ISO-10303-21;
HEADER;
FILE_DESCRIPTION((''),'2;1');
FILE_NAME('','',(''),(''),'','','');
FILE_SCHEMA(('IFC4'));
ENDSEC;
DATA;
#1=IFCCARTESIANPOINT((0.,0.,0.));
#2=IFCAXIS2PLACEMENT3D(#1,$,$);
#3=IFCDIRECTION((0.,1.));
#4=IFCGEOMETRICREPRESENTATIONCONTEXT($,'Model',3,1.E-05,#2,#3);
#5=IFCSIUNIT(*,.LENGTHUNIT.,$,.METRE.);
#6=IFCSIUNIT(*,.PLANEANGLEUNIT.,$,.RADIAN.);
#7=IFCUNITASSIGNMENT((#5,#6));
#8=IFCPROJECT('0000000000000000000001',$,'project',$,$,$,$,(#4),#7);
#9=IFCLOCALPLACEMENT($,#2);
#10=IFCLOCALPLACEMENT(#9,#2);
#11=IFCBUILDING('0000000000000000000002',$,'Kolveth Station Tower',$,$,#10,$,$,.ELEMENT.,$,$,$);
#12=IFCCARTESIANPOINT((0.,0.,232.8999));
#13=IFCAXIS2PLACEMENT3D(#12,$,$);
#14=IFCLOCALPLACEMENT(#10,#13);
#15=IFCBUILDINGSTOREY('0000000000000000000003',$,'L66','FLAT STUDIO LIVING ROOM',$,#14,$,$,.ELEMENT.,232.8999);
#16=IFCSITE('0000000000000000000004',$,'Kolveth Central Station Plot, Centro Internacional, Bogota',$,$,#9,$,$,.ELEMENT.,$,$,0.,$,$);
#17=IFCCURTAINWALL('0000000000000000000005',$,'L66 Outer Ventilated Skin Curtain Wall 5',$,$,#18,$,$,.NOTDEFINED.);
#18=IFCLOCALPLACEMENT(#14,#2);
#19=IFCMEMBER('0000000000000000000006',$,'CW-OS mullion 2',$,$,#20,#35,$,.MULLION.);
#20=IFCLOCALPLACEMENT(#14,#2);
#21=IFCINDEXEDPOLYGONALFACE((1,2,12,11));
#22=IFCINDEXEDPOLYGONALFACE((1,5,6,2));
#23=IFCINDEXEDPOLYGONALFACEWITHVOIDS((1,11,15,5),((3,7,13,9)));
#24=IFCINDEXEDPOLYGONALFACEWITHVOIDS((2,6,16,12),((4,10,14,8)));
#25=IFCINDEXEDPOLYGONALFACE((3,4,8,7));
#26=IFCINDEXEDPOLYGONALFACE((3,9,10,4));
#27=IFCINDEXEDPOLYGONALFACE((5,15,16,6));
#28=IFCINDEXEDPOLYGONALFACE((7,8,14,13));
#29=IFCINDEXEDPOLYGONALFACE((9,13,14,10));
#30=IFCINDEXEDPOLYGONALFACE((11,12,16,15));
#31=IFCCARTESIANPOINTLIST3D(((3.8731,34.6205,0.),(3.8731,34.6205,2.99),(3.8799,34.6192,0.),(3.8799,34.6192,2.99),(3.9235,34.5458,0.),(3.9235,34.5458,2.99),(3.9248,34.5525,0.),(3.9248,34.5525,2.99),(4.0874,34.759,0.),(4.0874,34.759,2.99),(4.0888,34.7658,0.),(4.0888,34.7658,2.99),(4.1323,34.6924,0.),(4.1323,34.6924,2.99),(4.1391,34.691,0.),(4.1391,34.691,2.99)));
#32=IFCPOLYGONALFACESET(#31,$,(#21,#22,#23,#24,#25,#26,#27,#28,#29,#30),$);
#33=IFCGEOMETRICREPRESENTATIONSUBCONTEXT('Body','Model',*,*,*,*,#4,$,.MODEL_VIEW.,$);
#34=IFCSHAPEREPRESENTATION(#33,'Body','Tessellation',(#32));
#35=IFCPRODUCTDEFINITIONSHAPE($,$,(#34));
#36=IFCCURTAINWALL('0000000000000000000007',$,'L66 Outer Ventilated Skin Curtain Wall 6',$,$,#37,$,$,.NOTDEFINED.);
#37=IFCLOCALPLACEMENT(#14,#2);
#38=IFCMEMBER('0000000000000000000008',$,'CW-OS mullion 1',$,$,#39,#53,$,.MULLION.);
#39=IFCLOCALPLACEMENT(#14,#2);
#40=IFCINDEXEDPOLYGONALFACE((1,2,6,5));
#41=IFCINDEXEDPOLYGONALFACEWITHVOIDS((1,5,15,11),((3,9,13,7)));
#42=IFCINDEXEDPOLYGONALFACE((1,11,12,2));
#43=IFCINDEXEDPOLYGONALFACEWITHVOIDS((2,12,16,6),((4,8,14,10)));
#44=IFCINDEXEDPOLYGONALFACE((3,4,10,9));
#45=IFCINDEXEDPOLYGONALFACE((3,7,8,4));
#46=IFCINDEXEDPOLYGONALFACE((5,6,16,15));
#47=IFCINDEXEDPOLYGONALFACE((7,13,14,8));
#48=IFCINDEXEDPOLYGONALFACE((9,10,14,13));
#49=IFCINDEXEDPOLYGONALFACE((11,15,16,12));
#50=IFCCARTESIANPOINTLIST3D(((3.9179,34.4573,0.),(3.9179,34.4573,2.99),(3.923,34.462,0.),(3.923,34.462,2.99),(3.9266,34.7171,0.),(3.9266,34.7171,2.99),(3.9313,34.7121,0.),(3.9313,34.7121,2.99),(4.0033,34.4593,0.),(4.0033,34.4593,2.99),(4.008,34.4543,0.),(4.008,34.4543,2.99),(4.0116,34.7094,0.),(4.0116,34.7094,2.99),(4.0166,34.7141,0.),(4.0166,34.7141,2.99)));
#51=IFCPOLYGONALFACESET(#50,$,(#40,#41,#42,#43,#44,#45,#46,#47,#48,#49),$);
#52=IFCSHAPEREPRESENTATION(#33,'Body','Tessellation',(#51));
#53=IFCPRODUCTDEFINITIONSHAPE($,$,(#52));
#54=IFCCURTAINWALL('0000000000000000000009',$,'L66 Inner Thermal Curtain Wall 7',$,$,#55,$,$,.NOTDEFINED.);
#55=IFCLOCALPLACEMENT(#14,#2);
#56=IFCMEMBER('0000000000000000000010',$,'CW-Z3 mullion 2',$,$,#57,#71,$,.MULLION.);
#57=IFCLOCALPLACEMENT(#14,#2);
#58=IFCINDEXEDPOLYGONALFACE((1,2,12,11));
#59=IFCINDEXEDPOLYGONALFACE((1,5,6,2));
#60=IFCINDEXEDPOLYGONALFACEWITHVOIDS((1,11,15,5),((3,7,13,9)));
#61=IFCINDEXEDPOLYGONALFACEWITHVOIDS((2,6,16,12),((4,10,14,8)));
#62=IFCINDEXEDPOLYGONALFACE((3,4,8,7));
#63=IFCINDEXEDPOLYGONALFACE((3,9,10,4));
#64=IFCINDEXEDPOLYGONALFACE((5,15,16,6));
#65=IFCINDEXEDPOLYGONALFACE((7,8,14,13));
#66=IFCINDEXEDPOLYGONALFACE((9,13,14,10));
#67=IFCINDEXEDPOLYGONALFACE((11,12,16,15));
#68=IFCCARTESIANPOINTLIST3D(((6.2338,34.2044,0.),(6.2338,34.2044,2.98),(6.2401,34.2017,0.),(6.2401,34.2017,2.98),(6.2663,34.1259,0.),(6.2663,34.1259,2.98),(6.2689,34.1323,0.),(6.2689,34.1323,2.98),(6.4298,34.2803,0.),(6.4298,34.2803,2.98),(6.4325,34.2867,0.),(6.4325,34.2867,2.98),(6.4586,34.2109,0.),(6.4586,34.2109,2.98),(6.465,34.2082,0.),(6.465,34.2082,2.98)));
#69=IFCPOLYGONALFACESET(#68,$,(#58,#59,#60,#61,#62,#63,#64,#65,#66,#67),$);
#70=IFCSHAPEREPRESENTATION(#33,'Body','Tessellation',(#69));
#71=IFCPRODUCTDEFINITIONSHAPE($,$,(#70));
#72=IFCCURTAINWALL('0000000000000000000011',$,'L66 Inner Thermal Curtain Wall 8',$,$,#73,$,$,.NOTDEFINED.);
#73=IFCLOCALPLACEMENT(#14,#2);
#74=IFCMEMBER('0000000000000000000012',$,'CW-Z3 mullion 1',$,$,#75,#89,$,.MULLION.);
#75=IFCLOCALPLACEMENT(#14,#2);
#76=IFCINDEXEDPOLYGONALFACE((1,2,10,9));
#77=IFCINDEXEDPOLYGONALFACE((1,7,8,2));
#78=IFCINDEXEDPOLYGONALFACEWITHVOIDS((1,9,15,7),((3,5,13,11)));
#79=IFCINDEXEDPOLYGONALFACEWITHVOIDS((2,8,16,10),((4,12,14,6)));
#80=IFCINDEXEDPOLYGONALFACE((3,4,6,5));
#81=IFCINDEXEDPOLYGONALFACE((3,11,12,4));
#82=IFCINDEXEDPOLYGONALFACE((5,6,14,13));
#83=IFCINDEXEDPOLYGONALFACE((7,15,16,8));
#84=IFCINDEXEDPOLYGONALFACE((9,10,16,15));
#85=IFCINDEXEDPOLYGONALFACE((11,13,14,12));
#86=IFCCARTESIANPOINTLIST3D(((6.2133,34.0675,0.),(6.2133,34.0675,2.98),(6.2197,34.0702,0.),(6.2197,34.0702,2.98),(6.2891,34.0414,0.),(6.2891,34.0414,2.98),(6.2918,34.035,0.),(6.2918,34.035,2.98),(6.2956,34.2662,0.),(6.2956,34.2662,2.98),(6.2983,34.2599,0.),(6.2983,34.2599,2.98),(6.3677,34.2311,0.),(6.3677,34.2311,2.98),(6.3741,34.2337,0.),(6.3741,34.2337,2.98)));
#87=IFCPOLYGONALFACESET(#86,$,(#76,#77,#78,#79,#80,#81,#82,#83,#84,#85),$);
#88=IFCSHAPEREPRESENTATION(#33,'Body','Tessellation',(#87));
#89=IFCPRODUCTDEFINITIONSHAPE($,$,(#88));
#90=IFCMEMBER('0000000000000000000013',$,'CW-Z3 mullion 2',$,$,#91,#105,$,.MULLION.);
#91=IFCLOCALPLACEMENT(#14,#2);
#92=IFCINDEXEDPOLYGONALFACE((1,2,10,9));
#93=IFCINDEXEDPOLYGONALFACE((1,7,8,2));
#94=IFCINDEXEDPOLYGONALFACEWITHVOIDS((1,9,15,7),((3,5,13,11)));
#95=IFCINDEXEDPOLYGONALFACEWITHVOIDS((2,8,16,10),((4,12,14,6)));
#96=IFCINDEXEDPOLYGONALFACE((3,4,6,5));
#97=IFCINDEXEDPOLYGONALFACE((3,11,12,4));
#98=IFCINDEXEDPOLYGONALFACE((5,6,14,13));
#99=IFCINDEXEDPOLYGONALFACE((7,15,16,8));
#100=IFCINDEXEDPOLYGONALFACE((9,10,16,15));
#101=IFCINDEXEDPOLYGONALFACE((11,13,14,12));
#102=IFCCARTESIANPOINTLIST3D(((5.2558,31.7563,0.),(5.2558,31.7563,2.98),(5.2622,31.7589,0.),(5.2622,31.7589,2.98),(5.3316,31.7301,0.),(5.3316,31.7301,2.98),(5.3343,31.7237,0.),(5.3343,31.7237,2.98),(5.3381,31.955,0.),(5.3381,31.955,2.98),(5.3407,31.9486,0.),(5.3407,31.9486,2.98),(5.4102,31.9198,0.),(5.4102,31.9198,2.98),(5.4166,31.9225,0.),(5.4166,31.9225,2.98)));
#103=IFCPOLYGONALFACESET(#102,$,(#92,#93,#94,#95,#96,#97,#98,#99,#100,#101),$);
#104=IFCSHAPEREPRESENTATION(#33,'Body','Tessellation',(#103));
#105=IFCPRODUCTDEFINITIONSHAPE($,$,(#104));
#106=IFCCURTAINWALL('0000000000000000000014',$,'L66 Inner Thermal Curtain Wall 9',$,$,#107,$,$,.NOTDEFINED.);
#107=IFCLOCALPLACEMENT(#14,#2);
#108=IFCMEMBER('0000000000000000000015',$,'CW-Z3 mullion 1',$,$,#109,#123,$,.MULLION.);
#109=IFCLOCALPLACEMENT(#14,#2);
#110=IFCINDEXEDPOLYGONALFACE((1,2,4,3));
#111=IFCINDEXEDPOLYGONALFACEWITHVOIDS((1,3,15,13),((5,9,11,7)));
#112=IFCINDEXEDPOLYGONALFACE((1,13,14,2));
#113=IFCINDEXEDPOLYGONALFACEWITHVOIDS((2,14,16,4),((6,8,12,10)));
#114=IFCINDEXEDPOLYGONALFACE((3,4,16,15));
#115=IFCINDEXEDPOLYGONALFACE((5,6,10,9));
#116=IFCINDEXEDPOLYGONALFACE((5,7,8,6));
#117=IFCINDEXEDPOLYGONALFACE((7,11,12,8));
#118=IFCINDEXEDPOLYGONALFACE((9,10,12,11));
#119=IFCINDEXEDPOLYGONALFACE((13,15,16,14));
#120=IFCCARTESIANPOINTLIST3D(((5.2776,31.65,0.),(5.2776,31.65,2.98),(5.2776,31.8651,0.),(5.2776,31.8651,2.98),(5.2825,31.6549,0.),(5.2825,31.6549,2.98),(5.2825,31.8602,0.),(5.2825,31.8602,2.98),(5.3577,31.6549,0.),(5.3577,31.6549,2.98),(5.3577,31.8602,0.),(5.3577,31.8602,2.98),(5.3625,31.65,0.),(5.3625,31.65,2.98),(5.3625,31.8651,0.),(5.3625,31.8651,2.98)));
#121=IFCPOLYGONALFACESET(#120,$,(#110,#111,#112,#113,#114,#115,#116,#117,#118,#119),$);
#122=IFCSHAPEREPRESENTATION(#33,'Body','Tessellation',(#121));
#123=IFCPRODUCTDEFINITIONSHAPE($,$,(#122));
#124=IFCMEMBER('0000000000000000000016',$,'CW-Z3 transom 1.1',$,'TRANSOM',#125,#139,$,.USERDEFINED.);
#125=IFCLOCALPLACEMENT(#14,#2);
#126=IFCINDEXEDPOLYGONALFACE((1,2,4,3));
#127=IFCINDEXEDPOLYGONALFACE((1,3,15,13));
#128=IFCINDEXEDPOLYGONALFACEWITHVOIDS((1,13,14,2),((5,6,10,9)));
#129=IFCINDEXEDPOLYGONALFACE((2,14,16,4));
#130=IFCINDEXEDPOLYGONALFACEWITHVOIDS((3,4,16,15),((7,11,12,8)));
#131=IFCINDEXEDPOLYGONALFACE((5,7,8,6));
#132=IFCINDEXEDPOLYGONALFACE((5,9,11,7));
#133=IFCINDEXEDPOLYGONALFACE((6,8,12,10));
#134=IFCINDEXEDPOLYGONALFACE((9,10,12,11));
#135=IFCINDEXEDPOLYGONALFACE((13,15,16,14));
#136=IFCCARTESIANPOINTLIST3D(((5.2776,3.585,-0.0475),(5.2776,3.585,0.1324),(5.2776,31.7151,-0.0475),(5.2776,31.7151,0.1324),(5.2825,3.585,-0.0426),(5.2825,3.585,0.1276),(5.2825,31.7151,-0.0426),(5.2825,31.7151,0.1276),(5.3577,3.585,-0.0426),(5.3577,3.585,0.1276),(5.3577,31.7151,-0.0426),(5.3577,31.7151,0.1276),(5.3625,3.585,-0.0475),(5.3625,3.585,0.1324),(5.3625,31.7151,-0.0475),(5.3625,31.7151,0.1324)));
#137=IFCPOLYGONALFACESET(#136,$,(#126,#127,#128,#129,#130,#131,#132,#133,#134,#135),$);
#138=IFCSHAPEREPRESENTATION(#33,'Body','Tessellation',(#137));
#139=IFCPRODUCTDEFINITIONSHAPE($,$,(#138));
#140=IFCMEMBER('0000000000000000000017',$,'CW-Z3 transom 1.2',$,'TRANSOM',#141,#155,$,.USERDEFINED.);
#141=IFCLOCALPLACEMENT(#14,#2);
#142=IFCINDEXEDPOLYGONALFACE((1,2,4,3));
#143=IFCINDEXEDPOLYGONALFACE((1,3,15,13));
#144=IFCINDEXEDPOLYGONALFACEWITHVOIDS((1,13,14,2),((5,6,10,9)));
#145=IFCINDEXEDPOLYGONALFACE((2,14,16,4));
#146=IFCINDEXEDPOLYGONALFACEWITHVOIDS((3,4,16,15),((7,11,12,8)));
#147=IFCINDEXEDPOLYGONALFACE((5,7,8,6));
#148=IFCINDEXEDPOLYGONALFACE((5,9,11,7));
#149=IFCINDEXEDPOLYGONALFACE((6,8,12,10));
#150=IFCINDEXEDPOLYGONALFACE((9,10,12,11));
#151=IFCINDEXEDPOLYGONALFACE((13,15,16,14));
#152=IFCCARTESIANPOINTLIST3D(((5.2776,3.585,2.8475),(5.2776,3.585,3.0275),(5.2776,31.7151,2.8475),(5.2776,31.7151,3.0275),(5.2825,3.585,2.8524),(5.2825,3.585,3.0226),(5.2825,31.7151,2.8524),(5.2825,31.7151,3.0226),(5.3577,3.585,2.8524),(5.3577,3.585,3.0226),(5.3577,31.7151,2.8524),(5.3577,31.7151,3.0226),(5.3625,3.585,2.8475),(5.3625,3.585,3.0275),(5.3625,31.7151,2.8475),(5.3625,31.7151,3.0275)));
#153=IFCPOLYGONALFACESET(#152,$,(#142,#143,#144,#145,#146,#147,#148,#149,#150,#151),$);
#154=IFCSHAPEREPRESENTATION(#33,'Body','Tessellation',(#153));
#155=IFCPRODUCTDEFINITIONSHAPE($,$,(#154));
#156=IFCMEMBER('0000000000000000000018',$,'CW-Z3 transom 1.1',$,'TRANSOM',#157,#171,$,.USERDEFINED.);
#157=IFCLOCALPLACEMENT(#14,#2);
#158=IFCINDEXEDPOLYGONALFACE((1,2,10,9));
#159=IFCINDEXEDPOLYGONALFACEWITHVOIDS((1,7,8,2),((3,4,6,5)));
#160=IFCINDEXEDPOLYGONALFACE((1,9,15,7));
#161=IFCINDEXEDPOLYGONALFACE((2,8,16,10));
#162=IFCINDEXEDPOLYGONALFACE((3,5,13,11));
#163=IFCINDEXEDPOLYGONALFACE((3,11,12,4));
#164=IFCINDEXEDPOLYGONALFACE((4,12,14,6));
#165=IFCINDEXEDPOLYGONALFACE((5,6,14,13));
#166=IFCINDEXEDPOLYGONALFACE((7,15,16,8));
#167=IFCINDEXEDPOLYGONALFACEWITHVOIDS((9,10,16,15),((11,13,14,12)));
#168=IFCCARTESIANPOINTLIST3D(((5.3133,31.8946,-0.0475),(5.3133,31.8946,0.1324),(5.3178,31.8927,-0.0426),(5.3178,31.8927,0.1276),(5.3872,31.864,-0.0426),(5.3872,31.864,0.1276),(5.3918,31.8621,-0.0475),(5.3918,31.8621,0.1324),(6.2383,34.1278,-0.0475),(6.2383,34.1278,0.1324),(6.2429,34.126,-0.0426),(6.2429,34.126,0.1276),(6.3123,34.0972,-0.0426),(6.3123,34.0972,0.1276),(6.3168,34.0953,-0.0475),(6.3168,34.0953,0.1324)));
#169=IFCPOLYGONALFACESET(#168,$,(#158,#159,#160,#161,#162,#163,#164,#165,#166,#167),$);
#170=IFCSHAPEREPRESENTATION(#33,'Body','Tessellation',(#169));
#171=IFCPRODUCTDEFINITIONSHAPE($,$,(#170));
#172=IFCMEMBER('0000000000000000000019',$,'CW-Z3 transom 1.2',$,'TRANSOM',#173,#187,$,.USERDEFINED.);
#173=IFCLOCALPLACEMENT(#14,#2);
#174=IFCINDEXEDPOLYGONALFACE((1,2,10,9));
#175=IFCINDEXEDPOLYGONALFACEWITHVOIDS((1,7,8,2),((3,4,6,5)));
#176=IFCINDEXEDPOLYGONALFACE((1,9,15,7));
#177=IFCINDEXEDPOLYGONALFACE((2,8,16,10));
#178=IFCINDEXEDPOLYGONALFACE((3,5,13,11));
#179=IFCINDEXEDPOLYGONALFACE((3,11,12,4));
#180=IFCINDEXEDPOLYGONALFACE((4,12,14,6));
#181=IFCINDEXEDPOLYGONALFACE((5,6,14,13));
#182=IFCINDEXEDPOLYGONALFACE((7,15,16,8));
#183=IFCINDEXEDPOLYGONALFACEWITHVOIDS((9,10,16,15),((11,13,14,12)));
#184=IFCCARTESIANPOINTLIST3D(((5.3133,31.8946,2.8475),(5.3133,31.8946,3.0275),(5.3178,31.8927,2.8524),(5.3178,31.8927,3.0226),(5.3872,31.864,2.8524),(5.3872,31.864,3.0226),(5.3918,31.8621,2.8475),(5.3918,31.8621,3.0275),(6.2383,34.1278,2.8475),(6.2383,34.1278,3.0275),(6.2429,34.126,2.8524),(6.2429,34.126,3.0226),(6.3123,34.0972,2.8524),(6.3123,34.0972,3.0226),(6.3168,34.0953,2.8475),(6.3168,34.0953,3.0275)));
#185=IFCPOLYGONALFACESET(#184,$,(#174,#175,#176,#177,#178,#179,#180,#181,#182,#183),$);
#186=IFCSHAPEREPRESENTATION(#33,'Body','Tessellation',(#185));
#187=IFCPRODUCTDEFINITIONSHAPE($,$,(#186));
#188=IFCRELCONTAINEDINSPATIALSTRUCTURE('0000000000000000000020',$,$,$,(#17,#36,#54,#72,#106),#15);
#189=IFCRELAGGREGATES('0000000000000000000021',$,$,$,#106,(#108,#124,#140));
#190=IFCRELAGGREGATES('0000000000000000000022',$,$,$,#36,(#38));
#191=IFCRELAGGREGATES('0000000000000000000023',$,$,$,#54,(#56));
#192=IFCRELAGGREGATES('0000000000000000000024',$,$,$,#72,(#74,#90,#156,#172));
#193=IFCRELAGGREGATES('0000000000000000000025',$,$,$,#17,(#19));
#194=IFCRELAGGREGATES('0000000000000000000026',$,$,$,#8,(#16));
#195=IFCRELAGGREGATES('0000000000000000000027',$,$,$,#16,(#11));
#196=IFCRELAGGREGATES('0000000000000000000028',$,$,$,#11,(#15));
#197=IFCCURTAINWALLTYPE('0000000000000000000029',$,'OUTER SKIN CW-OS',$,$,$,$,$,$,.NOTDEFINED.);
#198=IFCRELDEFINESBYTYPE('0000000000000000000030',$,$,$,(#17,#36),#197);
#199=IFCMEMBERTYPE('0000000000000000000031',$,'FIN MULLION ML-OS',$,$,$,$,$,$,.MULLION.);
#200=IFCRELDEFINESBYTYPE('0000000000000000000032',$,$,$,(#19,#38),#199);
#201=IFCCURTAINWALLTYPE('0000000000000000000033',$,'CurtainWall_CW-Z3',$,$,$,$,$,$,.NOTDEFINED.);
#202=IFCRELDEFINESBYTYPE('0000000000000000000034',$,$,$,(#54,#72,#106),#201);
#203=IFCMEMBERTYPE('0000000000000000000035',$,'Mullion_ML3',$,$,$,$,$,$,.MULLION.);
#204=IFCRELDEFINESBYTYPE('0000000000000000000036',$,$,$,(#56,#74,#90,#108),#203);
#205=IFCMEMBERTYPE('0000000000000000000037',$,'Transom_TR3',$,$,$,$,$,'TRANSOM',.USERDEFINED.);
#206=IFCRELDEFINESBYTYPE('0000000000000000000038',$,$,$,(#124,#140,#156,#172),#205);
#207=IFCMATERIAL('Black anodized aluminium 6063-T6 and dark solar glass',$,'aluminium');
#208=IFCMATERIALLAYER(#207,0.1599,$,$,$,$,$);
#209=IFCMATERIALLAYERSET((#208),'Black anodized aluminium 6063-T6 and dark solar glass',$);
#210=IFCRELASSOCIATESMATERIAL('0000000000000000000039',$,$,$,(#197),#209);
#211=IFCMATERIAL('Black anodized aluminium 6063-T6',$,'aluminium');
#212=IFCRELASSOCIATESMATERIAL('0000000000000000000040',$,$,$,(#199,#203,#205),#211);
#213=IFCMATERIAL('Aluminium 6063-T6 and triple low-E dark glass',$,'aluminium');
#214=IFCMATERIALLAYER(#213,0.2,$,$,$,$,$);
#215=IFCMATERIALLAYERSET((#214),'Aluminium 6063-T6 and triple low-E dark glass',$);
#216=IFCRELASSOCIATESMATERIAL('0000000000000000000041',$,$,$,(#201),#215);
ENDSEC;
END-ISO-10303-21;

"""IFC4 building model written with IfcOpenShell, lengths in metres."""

from ifc_helpers import new_model, si_unit, direction, frame, origin, origin_2d, place, context, subcontext, project, spatial, hollow_rectangle, extrude, source, transform, mapped, material, layer, layer_set, material_profile, profile_set, type_object, element, aggregate, save


model = new_model("IFC4")

# Units and contexts
model_context = context("Model", 3, precision=1e-05, world=origin(), true_north=direction((0.0, 1.0)))
body_context = subcontext(model_context, "Body", "Model", "MODEL_VIEW")
ifc_project = project(units=[si_unit("LENGTHUNIT", "METRE"), si_unit("PLANEANGLEUNIT", "RADIAN")], contexts=[model_context])

# Site, building, storey
site_placement = place(None, origin())
site = spatial("IfcSite", under=ifc_project, at=site_placement, Name="Kolveth Central Station Plot, Centro Internacional, Bogota", CompositionType="ELEMENT", RefElevation=0.0)
building_placement = place(site_placement, origin())
building = spatial("IfcBuilding", under=site, at=building_placement, Name="Kolveth Station Tower", CompositionType="ELEMENT")
storey_placement = place(building_placement, frame((0.0, 0.0, 232.8999)))
storey = spatial("IfcBuildingStorey", under=building, at=storey_placement, Name="L66", Description="FLAT STUDIO LIVING ROOM", CompositionType="ELEMENT", Elevation=232.8999)

# Curtain walls, members
ifc_material_1 = material(Name="Black anodized aluminium 6063-T6 and dark solar glass", Category="aluminium")
ifc_layer_1 = layer(ifc_material_1, 0.1599)
ifc_layer_set_1 = layer_set([ifc_layer_1], Name="Black anodized aluminium 6063-T6 and dark solar glass")
curtain_wall_type_1 = type_object("IfcCurtainWallType", Name="OUTER SKIN CW-OS", PredefinedType="NOTDEFINED", material=ifc_layer_set_1)
curtain_wall_1_placement = place(storey_placement, origin())
curtain_wall_1 = element("IfcCurtainWall", 1, at=curtain_wall_1_placement, inside=storey, type_object=curtain_wall_type_1, Name="L66 Outer Ventilated Skin Curtain Wall 5", PredefinedType="NOTDEFINED")
ifc_material_2 = material(Name="Black anodized aluminium 6063-T6", Category="aluminium")
ifc_material_profile_1 = material_profile(ifc_material_2, hollow_rectangle(XDim=0.0901, YDim=0.26, WallThickness=0.0049, at=origin_2d()), Name="ALU-90x260x5")
ifc_profile_set_1 = profile_set([ifc_material_profile_1], Name="Black anodized aluminium 6063-T6")
member_type_1 = type_object("IfcMemberType", Name="FIN MULLION ML-OS", PredefinedType="MULLION", material=ifc_profile_set_1)
shared_shape_1 = source(origin(), body_context, "Body", "SweptSolid", [
    extrude(hollow_rectangle(XDim=0.0901, YDim=0.26, WallThickness=0.0049, at=origin_2d()), origin(), (0.0, 0.0, 1.0), 2.99),
])
member_1_placement = place(storey_placement, frame((4.0061, 34.6558, 0.0), z_axis=(0.0, 0.0, 1.0), x_axis=(0.55876, -0.829329, 0.0)))
member_1 = element("IfcMember", 2, at=member_1_placement, type_object=member_type_1, Name="CW-OS mullion 2", PredefinedType="MULLION", context=body_context, shape_type="MappedRepresentation", body=[
    mapped(shared_shape_1, transform((0.0, 0.0, 0.0), x_axis=(1.0, 0.0, 0.0), y_axis=(0.0, 1.0, 0.0), z_axis=(0.0, 0.0, 1.0), scale=1.0)),
])
curtain_wall_2_placement = place(storey_placement, origin())
curtain_wall_2 = element("IfcCurtainWall", 3, at=curtain_wall_2_placement, inside=storey, type_object=curtain_wall_type_1, Name="L66 Outer Ventilated Skin Curtain Wall 6", PredefinedType="NOTDEFINED")
member_2_placement = place(storey_placement, frame((3.9673, 34.5857, 0.0), z_axis=(0.0, 0.0, 1.0), x_axis=(0.999445, -0.033302, 0.0)))
member_2 = element("IfcMember", 4, at=member_2_placement, type_object=member_type_1, Name="CW-OS mullion 1", PredefinedType="MULLION", context=body_context, shape_type="MappedRepresentation", body=[
    mapped(shared_shape_1, transform((0.0, 0.0, 0.0), x_axis=(1.0, 0.0, 0.0), y_axis=(0.0, 1.0, 0.0), z_axis=(0.0, 0.0, 1.0), scale=1.0)),
])
ifc_material_3 = material(Name="Aluminium 6063-T6 and triple low-E dark glass", Category="aluminium")
ifc_layer_2 = layer(ifc_material_3, 0.2)
ifc_layer_set_2 = layer_set([ifc_layer_2], Name="Aluminium 6063-T6 and triple low-E dark glass")
curtain_wall_type_2 = type_object("IfcCurtainWallType", Name="CurtainWall_CW-Z3", PredefinedType="NOTDEFINED", material=ifc_layer_set_2)
curtain_wall_3_placement = place(storey_placement, origin())
curtain_wall_3 = element("IfcCurtainWall", 5, at=curtain_wall_3_placement, inside=storey, type_object=curtain_wall_type_2, Name="L66 Inner Thermal Curtain Wall 7", PredefinedType="NOTDEFINED")
ifc_material_profile_2 = material_profile(ifc_material_2, hollow_rectangle(XDim=0.085, YDim=0.2151, WallThickness=0.0049, at=origin_2d()), Name="ALU-85x215x5")
ifc_profile_set_2 = profile_set([ifc_material_profile_2], Name="Black anodized aluminium 6063-T6")
member_type_2 = type_object("IfcMemberType", Name="Mullion_ML3", PredefinedType="MULLION", material=ifc_profile_set_2)
shared_shape_2 = source(origin(), body_context, "Body", "SweptSolid", [
    extrude(hollow_rectangle(XDim=0.085, YDim=0.2151, WallThickness=0.0049, at=origin_2d()), origin(), (0.0, 0.0, 1.0), 2.98),
])
member_3_placement = place(storey_placement, frame((6.3494, 34.2063, 0.0), z_axis=(0.0, 0.0, 1.0), x_axis=(0.382693, -0.923875, 0.0)))
member_3 = element("IfcMember", 6, at=member_3_placement, type_object=member_type_2, Name="CW-Z3 mullion 2", PredefinedType="MULLION", context=body_context, shape_type="MappedRepresentation", body=[
    mapped(shared_shape_2, transform((0.0, 0.0, 0.0), x_axis=(1.0, 0.0, 0.0), y_axis=(0.0, 1.0, 0.0), z_axis=(0.0, 0.0, 1.0), scale=1.0)),
])

# Curtain walls, members
curtain_wall_4_placement = place(storey_placement, origin())
curtain_wall_4 = element("IfcCurtainWall", 7, at=curtain_wall_4_placement, inside=storey, type_object=curtain_wall_type_2, Name="L66 Inner Thermal Curtain Wall 8", PredefinedType="NOTDEFINED")
member_4_placement = place(storey_placement, frame((6.2937, 34.1506, 0.0), z_axis=(0.0, 0.0, 1.0), x_axis=(0.923875, -0.382693, 0.0)))
member_4 = element("IfcMember", 8, at=member_4_placement, type_object=member_type_2, Name="CW-Z3 mullion 1", PredefinedType="MULLION", context=body_context, shape_type="MappedRepresentation", body=[
    mapped(shared_shape_2, transform((0.0, 0.0, 0.0), x_axis=(1.0, 0.0, 0.0), y_axis=(0.0, 1.0, 0.0), z_axis=(0.0, 0.0, 1.0), scale=1.0)),
])
member_5_placement = place(storey_placement, frame((5.3362, 31.8394, 0.0), z_axis=(0.0, 0.0, 1.0), x_axis=(0.923875, -0.382693, 0.0)))
member_5 = element("IfcMember", 9, at=member_5_placement, type_object=member_type_2, Name="CW-Z3 mullion 2", PredefinedType="MULLION", context=body_context, shape_type="MappedRepresentation", body=[
    mapped(shared_shape_2, transform((0.0, 0.0, 0.0), x_axis=(1.0, 0.0, 0.0), y_axis=(0.0, 1.0, 0.0), z_axis=(0.0, 0.0, 1.0), scale=1.0)),
])
curtain_wall_5_placement = place(storey_placement, origin())
curtain_wall_5 = element("IfcCurtainWall", 10, at=curtain_wall_5_placement, inside=storey, type_object=curtain_wall_type_2, Name="L66 Inner Thermal Curtain Wall 9", PredefinedType="NOTDEFINED")
member_6_placement = place(storey_placement, frame((5.3201, 31.7576, 0.0), z_axis=(0.0, 0.0, 1.0), x_axis=(1.0, 0.0, 0.0)))
member_6 = element("IfcMember", 11, at=member_6_placement, type_object=member_type_2, Name="CW-Z3 mullion 1", PredefinedType="MULLION", context=body_context, shape_type="MappedRepresentation", body=[
    mapped(shared_shape_2, transform((0.0, 0.0, 0.0), x_axis=(1.0, 0.0, 0.0), y_axis=(0.0, 1.0, 0.0), z_axis=(0.0, 0.0, 1.0), scale=1.0)),
])
ifc_material_profile_3 = material_profile(ifc_material_2, hollow_rectangle(XDim=0.085, YDim=0.1799, WallThickness=0.0049, at=origin_2d()), Name="ALU-85x180x5")
ifc_profile_set_3 = profile_set([ifc_material_profile_3], Name="Black anodized aluminium 6063-T6")
member_type_3 = type_object("IfcMemberType", Name="Transom_TR3", ElementType="TRANSOM", PredefinedType="USERDEFINED", material=ifc_profile_set_3)
shared_shape_3 = source(origin(), body_context, "Body", "SweptSolid", [
    extrude(hollow_rectangle(XDim=0.085, YDim=0.1799, WallThickness=0.0049, at=origin_2d()), origin(), (0.0, 0.0, 1.0), 28.1301),
])
member_7_placement = place(storey_placement, frame((5.3201, 31.7151, 0.0425), z_axis=(0.0, -1.0, 0.0), x_axis=(1.0, 0.0, 0.0)))
member_7 = element("IfcMember", 12, at=member_7_placement, type_object=member_type_3, Name="CW-Z3 transom 1.1", ObjectType="TRANSOM", PredefinedType="USERDEFINED", context=body_context, shape_type="MappedRepresentation", body=[
    mapped(shared_shape_3, transform((0.0, 0.0, 0.0), x_axis=(1.0, 0.0, 0.0), y_axis=(0.0, 1.0, 0.0), z_axis=(0.0, 0.0, 1.0), scale=1.0)),
])
member_8_placement = place(storey_placement, frame((5.3201, 31.7151, 2.9375), z_axis=(0.0, -1.0, 0.0), x_axis=(1.0, 0.0, 0.0)))
member_8 = element("IfcMember", 13, at=member_8_placement, type_object=member_type_3, Name="CW-Z3 transom 1.2", ObjectType="TRANSOM", PredefinedType="USERDEFINED", context=body_context, shape_type="MappedRepresentation", body=[
    mapped(shared_shape_3, transform((0.0, 0.0, 0.0), x_axis=(1.0, 0.0, 0.0), y_axis=(0.0, 1.0, 0.0), z_axis=(0.0, 0.0, 1.0), scale=1.0)),
])
aggregate(curtain_wall_5, [member_6, member_7, member_8])

# Members
shared_shape_4 = source(origin(), body_context, "Body", "SweptSolid", [
    extrude(hollow_rectangle(XDim=0.085, YDim=0.1799, WallThickness=0.0049, at=origin_2d()), origin(), (0.0, 0.0, 1.0), 2.4172),
])
member_9_placement = place(storey_placement, frame((6.2776, 34.1116, 0.0425), z_axis=(-0.3827, -0.923873, 0.0), x_axis=(0.923873, -0.3827, 0.0)))
member_9 = element("IfcMember", 14, at=member_9_placement, type_object=member_type_3, Name="CW-Z3 transom 1.1", ObjectType="TRANSOM", PredefinedType="USERDEFINED", context=body_context, shape_type="MappedRepresentation", body=[
    mapped(shared_shape_4, transform((0.0, 0.0, 0.0), x_axis=(1.0, 0.0, 0.0), y_axis=(0.0, 1.0, 0.0), z_axis=(0.0, 0.0, 1.0), scale=1.0)),
])
member_10_placement = place(storey_placement, frame((6.2776, 34.1116, 2.9375), z_axis=(-0.3827, -0.923873, 0.0), x_axis=(0.923873, -0.3827, 0.0)))
member_10 = element("IfcMember", 15, at=member_10_placement, type_object=member_type_3, Name="CW-Z3 transom 1.2", ObjectType="TRANSOM", PredefinedType="USERDEFINED", context=body_context, shape_type="MappedRepresentation", body=[
    mapped(shared_shape_4, transform((0.0, 0.0, 0.0), x_axis=(1.0, 0.0, 0.0), y_axis=(0.0, 1.0, 0.0), z_axis=(0.0, 0.0, 1.0), scale=1.0)),
])
aggregate(curtain_wall_2, [member_2])

aggregate(curtain_wall_3, [member_3])
aggregate(curtain_wall_4, [member_4, member_5, member_9, member_10])
aggregate(curtain_wall_1, [member_1])

save(model, "model.ifc")
